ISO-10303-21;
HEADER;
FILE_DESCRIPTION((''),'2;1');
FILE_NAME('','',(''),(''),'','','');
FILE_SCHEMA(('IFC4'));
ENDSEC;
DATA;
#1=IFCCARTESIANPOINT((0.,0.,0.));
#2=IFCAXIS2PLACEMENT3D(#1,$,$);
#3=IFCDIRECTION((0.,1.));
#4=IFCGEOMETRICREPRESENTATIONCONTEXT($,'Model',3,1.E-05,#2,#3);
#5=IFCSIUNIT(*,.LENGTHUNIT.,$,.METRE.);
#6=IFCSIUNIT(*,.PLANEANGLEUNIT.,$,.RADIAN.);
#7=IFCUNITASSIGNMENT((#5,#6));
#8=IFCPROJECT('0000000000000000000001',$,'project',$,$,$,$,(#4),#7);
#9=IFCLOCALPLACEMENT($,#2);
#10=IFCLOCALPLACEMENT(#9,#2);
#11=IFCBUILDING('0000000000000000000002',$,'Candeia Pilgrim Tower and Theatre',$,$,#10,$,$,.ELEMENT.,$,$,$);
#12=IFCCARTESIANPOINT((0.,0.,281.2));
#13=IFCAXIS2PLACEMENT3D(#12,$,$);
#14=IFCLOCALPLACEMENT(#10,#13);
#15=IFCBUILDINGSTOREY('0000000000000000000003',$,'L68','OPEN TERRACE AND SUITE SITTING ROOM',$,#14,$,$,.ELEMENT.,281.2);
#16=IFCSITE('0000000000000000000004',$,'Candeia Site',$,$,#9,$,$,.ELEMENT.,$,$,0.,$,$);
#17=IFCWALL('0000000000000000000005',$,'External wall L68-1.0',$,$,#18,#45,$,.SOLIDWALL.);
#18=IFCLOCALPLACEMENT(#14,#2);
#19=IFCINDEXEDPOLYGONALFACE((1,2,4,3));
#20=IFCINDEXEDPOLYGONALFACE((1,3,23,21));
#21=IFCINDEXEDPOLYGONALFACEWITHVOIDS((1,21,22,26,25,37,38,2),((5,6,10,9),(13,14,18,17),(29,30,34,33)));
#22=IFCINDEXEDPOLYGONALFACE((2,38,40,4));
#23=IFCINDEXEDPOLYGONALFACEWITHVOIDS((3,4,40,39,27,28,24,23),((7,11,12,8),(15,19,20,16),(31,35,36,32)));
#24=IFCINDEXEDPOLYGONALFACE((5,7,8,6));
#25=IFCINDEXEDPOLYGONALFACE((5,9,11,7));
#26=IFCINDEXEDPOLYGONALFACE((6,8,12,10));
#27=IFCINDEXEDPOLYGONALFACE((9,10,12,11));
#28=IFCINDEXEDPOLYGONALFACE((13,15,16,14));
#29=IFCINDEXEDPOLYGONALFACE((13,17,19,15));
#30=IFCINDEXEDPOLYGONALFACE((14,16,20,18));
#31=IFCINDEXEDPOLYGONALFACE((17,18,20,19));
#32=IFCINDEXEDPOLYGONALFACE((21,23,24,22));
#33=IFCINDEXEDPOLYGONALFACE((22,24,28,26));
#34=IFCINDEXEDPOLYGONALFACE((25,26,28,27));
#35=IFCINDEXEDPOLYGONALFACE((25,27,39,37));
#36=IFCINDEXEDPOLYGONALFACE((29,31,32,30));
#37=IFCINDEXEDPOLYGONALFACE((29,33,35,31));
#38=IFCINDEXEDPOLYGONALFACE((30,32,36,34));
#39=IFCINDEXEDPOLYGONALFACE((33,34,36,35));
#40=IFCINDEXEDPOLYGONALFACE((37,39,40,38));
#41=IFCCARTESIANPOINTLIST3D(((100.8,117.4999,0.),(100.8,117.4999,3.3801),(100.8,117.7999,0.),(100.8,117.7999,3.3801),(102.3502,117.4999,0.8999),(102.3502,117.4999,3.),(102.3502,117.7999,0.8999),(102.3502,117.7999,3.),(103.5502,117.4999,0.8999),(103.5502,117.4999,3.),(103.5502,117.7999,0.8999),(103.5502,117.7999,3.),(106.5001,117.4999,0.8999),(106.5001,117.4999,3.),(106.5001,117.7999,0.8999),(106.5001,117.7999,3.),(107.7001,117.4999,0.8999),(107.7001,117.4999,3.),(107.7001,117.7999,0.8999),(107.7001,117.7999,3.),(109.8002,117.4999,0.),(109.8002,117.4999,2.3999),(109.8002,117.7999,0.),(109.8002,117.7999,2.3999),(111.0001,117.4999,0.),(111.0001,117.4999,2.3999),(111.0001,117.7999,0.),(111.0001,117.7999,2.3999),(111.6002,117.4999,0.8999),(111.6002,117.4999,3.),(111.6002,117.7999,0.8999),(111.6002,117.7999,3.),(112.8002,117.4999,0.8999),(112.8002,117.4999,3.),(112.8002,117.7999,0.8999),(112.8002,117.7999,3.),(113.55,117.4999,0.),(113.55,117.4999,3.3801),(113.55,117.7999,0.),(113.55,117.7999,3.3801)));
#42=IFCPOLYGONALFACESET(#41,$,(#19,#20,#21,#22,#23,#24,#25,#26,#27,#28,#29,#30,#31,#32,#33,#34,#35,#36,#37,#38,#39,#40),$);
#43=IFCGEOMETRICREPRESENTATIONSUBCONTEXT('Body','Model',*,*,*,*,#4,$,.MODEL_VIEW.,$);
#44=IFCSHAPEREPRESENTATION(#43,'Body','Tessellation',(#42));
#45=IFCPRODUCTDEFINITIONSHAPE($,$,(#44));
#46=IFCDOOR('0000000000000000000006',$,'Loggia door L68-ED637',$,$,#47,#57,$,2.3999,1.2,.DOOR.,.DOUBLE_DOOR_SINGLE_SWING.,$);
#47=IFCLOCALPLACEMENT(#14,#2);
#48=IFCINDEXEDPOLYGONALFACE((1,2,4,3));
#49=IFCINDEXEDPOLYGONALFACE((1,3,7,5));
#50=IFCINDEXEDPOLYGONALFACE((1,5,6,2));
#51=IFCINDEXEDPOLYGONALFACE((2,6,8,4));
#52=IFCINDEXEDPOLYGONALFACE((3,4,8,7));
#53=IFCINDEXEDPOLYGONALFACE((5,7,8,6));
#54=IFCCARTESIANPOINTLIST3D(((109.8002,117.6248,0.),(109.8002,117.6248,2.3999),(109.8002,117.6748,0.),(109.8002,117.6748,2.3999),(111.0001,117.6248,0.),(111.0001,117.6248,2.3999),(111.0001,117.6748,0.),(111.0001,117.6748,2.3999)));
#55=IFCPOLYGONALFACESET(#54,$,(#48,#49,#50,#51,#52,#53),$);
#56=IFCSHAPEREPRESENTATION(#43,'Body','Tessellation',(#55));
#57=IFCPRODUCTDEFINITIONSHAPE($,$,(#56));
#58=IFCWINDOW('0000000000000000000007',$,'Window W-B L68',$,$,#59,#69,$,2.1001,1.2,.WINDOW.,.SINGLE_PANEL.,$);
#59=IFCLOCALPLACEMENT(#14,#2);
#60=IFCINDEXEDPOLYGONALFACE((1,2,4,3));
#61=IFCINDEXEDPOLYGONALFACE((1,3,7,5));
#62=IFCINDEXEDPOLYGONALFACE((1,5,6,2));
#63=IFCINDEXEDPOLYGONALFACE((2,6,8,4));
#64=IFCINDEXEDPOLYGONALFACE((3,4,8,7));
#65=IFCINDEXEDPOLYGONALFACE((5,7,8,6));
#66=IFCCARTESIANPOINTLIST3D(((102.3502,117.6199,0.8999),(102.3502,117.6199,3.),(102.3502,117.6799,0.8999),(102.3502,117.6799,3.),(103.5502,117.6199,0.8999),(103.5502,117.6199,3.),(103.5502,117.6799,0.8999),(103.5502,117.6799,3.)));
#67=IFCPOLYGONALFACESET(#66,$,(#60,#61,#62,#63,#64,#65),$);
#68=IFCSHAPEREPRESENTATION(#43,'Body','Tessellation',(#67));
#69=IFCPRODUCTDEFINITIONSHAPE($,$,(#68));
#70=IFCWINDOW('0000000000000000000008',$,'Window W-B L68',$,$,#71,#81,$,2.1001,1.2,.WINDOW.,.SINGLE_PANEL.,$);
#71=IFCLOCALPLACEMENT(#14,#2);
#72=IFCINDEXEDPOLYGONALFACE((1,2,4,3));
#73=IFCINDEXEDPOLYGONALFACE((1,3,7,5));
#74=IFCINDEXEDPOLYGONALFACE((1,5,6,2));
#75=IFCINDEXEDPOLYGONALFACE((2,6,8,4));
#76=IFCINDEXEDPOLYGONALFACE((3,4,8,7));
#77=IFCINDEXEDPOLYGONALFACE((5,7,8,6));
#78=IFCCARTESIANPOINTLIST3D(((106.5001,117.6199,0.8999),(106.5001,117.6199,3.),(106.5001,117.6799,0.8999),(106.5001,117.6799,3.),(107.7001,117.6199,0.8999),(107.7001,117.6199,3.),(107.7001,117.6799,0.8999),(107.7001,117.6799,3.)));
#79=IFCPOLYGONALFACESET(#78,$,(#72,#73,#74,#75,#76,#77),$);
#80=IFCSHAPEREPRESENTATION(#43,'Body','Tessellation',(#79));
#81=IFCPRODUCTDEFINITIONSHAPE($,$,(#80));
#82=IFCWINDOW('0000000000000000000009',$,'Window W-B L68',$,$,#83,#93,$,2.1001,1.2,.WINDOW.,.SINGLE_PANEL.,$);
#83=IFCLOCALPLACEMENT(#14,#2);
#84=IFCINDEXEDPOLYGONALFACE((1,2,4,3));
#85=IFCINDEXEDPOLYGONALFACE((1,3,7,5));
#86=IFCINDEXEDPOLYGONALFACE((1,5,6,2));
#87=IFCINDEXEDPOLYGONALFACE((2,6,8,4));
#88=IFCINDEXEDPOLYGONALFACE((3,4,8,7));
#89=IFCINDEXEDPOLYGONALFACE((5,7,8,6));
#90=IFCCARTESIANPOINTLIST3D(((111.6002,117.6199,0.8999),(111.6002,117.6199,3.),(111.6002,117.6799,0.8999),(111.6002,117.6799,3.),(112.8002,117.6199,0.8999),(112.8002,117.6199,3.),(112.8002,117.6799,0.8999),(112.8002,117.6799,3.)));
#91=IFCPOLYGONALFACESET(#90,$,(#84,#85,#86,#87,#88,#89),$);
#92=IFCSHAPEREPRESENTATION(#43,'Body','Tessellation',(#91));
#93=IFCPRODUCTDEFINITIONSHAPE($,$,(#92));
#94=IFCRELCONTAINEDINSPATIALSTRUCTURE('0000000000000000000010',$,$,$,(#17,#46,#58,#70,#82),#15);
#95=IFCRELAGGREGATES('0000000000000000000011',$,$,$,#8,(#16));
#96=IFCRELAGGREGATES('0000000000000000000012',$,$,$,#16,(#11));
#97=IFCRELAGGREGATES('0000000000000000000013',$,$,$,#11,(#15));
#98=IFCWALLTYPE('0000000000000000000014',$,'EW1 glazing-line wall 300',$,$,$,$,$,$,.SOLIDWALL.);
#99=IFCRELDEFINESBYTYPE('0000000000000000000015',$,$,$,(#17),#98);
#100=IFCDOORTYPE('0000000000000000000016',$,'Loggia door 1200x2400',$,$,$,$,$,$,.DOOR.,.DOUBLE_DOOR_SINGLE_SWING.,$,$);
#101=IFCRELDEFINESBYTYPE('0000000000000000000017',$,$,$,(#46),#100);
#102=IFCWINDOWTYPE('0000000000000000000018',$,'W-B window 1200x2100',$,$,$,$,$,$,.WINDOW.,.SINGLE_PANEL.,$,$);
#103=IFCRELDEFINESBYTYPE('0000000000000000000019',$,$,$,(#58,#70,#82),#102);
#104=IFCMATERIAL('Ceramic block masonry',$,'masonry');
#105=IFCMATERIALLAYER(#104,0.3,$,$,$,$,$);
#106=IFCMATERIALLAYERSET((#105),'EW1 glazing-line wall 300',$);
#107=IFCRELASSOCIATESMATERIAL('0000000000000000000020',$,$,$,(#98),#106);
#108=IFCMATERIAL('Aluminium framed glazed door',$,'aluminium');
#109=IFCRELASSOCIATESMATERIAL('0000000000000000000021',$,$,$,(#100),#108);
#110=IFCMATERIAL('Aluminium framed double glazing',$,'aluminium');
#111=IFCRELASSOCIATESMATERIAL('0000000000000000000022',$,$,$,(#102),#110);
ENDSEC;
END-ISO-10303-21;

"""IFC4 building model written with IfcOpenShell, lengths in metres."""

from ifc_helpers import new_model, si_unit, direction, frame, frame_2d, origin, place, context, subcontext, project, spatial, rectangle, extrude, material, layer, layer_set, type_object, element, fill, save


model = new_model("IFC4")

# Units and contexts
model_context = context("Model", 3, precision=1e-05, world=origin(), true_north=direction((0.0, 1.0)))
body_context = subcontext(model_context, "Body", "Model", "MODEL_VIEW")
ifc_project = project(units=[si_unit("LENGTHUNIT", "METRE"), si_unit("PLANEANGLEUNIT", "RADIAN")], contexts=[model_context])

# Site, building, storey
site_placement = place(None, origin())
site = spatial("IfcSite", under=ifc_project, at=site_placement, Name="Candeia Site", CompositionType="ELEMENT", RefElevation=0.0)
building_placement = place(site_placement, origin())
building = spatial("IfcBuilding", under=site, at=building_placement, Name="Candeia Pilgrim Tower and Theatre", CompositionType="ELEMENT")
storey_placement = place(building_placement, frame((0.0, 0.0, 281.2)))
storey = spatial("IfcBuildingStorey", under=building, at=storey_placement, Name="L68", Description="OPEN TERRACE AND SUITE SITTING ROOM", CompositionType="ELEMENT", Elevation=281.2)

# Wall, openings, door, windows
ifc_material_1 = material(Name="Ceramic block masonry", Category="masonry")
ifc_layer_1 = layer(ifc_material_1, 0.3)
ifc_layer_set_1 = layer_set([ifc_layer_1], Name="EW1 glazing-line wall 300")
wall_type_1 = type_object("IfcWallType", Name="EW1 glazing-line wall 300", PredefinedType="SOLIDWALL", material=ifc_layer_set_1)
wall_1_placement = place(storey_placement, frame((100.8, 117.6499, 0.0), z_axis=(0.0, 0.0, 1.0), x_axis=(1.0, 0.0, 0.0)))
wall_1 = element("IfcWall", 1, at=wall_1_placement, inside=storey, type_object=wall_type_1, Name="External wall L68-1.0", PredefinedType="SOLIDWALL", context=body_context, shape_type="SweptSolid", body=[
    extrude(rectangle(XDim=12.75, YDim=0.3, at=frame_2d((6.375, 0.0))), origin(), (0.0, 0.0, 1.0), 3.3801),
])
opening_1_placement = place(wall_1_placement, frame((1.55, 0.0, 0.8999)))
opening_1 = element("IfcOpeningElement", 2, at=opening_1_placement, cuts=wall_1, PredefinedType="OPENING", context=body_context, shape_type="SweptSolid", body=[
    extrude(rectangle(XDim=1.2, YDim=2.1001, at=frame_2d((0.6001, 1.05))), frame((0.0, 0.1602, 0.0), z_axis=(0.0, -1.0, 0.0), x_axis=(1.0, 0.0, 0.0)), (0.0, 0.0, 1.0), 0.3201),
])
opening_2_placement = place(wall_1_placement, frame((5.7, 0.0, 0.8999)))
opening_2 = element("IfcOpeningElement", 3, at=opening_2_placement, cuts=wall_1, PredefinedType="OPENING", context=body_context, shape_type="SweptSolid", body=[
    extrude(rectangle(XDim=1.2, YDim=2.1001, at=frame_2d((0.6001, 1.05))), frame((0.0, 0.1602, 0.0), z_axis=(0.0, -1.0, 0.0), x_axis=(1.0, 0.0, 0.0)), (0.0, 0.0, 1.0), 0.3201),
])
opening_3_placement = place(wall_1_placement, frame((9.0, 0.0, 0.0)))
opening_3 = element("IfcOpeningElement", 4, at=opening_3_placement, cuts=wall_1, PredefinedType="OPENING", context=body_context, shape_type="SweptSolid", body=[
    extrude(rectangle(XDim=1.2, YDim=2.3999, at=frame_2d((0.6001, 1.2))), frame((0.0, 0.1602, 0.0), z_axis=(0.0, -1.0, 0.0), x_axis=(1.0, 0.0, 0.0)), (0.0, 0.0, 1.0), 0.3201),
])
opening_4_placement = place(wall_1_placement, frame((10.8, 0.0, 0.8999)))
opening_4 = element("IfcOpeningElement", 5, at=opening_4_placement, cuts=wall_1, PredefinedType="OPENING", context=body_context, shape_type="SweptSolid", body=[
    extrude(rectangle(XDim=1.2, YDim=2.1001, at=frame_2d((0.6001, 1.05))), frame((0.0, 0.1602, 0.0), z_axis=(0.0, -1.0, 0.0), x_axis=(1.0, 0.0, 0.0)), (0.0, 0.0, 1.0), 0.3201),
])
ifc_material_2 = material(Name="Aluminium framed glazed door", Category="aluminium")
door_type_1 = type_object("IfcDoorType", Name="Loggia door 1200x2400", OperationType="DOUBLE_DOOR_SINGLE_SWING", PredefinedType="DOOR", material=ifc_material_2)
door_1_placement = place(opening_3_placement, origin())
door_1 = element("IfcDoor", 6, at=door_1_placement, inside=storey, type_object=door_type_1, Name="Loggia door L68-ED637", OperationType="DOUBLE_DOOR_SINGLE_SWING", OverallHeight=2.3999, OverallWidth=1.2, PredefinedType="DOOR", context=body_context, shape_type="SweptSolid", body=[
    extrude(rectangle(XDim=1.2, YDim=2.3999, at=frame_2d((0.6001, 1.2))), frame((0.0, 0.0249, 0.0), z_axis=(0.0, -1.0, 0.0), x_axis=(1.0, 0.0, 0.0)), (0.0, 0.0, 1.0), 0.05),
])
fill(opening_3, door_1)
ifc_material_3 = material(Name="Aluminium framed double glazing", Category="aluminium")
window_type = type_object("IfcWindowType", Name="W-B window 1200x2100", PartitioningType="SINGLE_PANEL", PredefinedType="WINDOW", material=ifc_material_3)
window_1_placement = place(opening_1_placement, origin())
window_1 = element("IfcWindow", 7, at=window_1_placement, inside=storey, type_object=window_type, Name="Window W-B L68", OverallHeight=2.1001, OverallWidth=1.2, PartitioningType="SINGLE_PANEL", PredefinedType="WINDOW", context=body_context, shape_type="SweptSolid", body=[
    extrude(rectangle(XDim=1.2, YDim=2.1001, at=frame_2d((0.6001, 1.05))), frame((0.0, 0.03, 0.0), z_axis=(0.0, -1.0, 0.0), x_axis=(1.0, 0.0, 0.0)), (0.0, 0.0, 1.0), 0.0601),
])
fill(opening_1, window_1)
window_2_placement = place(opening_2_placement, origin())
window_2 = element("IfcWindow", 8, at=window_2_placement, inside=storey, type_object=window_type, Name="Window W-B L68", OverallHeight=2.1001, OverallWidth=1.2, PartitioningType="SINGLE_PANEL", PredefinedType="WINDOW", context=body_context, shape_type="SweptSolid", body=[
    extrude(rectangle(XDim=1.2, YDim=2.1001, at=frame_2d((0.6001, 1.05))), frame((0.0, 0.03, 0.0), z_axis=(0.0, -1.0, 0.0), x_axis=(1.0, 0.0, 0.0)), (0.0, 0.0, 1.0), 0.0601),
])
fill(opening_2, window_2)
window_3_placement = place(opening_4_placement, origin())
window_3 = element("IfcWindow", 9, at=window_3_placement, inside=storey, type_object=window_type, Name="Window W-B L68", OverallHeight=2.1001, OverallWidth=1.2, PartitioningType="SINGLE_PANEL", PredefinedType="WINDOW", context=body_context, shape_type="SweptSolid", body=[
    extrude(rectangle(XDim=1.2, YDim=2.1001, at=frame_2d((0.6001, 1.05))), frame((0.0, 0.03, 0.0), z_axis=(0.0, -1.0, 0.0), x_axis=(1.0, 0.0, 0.0)), (0.0, 0.0, 1.0), 0.0601),
])
fill(opening_4, window_3)

save(model, "model.ifc")
